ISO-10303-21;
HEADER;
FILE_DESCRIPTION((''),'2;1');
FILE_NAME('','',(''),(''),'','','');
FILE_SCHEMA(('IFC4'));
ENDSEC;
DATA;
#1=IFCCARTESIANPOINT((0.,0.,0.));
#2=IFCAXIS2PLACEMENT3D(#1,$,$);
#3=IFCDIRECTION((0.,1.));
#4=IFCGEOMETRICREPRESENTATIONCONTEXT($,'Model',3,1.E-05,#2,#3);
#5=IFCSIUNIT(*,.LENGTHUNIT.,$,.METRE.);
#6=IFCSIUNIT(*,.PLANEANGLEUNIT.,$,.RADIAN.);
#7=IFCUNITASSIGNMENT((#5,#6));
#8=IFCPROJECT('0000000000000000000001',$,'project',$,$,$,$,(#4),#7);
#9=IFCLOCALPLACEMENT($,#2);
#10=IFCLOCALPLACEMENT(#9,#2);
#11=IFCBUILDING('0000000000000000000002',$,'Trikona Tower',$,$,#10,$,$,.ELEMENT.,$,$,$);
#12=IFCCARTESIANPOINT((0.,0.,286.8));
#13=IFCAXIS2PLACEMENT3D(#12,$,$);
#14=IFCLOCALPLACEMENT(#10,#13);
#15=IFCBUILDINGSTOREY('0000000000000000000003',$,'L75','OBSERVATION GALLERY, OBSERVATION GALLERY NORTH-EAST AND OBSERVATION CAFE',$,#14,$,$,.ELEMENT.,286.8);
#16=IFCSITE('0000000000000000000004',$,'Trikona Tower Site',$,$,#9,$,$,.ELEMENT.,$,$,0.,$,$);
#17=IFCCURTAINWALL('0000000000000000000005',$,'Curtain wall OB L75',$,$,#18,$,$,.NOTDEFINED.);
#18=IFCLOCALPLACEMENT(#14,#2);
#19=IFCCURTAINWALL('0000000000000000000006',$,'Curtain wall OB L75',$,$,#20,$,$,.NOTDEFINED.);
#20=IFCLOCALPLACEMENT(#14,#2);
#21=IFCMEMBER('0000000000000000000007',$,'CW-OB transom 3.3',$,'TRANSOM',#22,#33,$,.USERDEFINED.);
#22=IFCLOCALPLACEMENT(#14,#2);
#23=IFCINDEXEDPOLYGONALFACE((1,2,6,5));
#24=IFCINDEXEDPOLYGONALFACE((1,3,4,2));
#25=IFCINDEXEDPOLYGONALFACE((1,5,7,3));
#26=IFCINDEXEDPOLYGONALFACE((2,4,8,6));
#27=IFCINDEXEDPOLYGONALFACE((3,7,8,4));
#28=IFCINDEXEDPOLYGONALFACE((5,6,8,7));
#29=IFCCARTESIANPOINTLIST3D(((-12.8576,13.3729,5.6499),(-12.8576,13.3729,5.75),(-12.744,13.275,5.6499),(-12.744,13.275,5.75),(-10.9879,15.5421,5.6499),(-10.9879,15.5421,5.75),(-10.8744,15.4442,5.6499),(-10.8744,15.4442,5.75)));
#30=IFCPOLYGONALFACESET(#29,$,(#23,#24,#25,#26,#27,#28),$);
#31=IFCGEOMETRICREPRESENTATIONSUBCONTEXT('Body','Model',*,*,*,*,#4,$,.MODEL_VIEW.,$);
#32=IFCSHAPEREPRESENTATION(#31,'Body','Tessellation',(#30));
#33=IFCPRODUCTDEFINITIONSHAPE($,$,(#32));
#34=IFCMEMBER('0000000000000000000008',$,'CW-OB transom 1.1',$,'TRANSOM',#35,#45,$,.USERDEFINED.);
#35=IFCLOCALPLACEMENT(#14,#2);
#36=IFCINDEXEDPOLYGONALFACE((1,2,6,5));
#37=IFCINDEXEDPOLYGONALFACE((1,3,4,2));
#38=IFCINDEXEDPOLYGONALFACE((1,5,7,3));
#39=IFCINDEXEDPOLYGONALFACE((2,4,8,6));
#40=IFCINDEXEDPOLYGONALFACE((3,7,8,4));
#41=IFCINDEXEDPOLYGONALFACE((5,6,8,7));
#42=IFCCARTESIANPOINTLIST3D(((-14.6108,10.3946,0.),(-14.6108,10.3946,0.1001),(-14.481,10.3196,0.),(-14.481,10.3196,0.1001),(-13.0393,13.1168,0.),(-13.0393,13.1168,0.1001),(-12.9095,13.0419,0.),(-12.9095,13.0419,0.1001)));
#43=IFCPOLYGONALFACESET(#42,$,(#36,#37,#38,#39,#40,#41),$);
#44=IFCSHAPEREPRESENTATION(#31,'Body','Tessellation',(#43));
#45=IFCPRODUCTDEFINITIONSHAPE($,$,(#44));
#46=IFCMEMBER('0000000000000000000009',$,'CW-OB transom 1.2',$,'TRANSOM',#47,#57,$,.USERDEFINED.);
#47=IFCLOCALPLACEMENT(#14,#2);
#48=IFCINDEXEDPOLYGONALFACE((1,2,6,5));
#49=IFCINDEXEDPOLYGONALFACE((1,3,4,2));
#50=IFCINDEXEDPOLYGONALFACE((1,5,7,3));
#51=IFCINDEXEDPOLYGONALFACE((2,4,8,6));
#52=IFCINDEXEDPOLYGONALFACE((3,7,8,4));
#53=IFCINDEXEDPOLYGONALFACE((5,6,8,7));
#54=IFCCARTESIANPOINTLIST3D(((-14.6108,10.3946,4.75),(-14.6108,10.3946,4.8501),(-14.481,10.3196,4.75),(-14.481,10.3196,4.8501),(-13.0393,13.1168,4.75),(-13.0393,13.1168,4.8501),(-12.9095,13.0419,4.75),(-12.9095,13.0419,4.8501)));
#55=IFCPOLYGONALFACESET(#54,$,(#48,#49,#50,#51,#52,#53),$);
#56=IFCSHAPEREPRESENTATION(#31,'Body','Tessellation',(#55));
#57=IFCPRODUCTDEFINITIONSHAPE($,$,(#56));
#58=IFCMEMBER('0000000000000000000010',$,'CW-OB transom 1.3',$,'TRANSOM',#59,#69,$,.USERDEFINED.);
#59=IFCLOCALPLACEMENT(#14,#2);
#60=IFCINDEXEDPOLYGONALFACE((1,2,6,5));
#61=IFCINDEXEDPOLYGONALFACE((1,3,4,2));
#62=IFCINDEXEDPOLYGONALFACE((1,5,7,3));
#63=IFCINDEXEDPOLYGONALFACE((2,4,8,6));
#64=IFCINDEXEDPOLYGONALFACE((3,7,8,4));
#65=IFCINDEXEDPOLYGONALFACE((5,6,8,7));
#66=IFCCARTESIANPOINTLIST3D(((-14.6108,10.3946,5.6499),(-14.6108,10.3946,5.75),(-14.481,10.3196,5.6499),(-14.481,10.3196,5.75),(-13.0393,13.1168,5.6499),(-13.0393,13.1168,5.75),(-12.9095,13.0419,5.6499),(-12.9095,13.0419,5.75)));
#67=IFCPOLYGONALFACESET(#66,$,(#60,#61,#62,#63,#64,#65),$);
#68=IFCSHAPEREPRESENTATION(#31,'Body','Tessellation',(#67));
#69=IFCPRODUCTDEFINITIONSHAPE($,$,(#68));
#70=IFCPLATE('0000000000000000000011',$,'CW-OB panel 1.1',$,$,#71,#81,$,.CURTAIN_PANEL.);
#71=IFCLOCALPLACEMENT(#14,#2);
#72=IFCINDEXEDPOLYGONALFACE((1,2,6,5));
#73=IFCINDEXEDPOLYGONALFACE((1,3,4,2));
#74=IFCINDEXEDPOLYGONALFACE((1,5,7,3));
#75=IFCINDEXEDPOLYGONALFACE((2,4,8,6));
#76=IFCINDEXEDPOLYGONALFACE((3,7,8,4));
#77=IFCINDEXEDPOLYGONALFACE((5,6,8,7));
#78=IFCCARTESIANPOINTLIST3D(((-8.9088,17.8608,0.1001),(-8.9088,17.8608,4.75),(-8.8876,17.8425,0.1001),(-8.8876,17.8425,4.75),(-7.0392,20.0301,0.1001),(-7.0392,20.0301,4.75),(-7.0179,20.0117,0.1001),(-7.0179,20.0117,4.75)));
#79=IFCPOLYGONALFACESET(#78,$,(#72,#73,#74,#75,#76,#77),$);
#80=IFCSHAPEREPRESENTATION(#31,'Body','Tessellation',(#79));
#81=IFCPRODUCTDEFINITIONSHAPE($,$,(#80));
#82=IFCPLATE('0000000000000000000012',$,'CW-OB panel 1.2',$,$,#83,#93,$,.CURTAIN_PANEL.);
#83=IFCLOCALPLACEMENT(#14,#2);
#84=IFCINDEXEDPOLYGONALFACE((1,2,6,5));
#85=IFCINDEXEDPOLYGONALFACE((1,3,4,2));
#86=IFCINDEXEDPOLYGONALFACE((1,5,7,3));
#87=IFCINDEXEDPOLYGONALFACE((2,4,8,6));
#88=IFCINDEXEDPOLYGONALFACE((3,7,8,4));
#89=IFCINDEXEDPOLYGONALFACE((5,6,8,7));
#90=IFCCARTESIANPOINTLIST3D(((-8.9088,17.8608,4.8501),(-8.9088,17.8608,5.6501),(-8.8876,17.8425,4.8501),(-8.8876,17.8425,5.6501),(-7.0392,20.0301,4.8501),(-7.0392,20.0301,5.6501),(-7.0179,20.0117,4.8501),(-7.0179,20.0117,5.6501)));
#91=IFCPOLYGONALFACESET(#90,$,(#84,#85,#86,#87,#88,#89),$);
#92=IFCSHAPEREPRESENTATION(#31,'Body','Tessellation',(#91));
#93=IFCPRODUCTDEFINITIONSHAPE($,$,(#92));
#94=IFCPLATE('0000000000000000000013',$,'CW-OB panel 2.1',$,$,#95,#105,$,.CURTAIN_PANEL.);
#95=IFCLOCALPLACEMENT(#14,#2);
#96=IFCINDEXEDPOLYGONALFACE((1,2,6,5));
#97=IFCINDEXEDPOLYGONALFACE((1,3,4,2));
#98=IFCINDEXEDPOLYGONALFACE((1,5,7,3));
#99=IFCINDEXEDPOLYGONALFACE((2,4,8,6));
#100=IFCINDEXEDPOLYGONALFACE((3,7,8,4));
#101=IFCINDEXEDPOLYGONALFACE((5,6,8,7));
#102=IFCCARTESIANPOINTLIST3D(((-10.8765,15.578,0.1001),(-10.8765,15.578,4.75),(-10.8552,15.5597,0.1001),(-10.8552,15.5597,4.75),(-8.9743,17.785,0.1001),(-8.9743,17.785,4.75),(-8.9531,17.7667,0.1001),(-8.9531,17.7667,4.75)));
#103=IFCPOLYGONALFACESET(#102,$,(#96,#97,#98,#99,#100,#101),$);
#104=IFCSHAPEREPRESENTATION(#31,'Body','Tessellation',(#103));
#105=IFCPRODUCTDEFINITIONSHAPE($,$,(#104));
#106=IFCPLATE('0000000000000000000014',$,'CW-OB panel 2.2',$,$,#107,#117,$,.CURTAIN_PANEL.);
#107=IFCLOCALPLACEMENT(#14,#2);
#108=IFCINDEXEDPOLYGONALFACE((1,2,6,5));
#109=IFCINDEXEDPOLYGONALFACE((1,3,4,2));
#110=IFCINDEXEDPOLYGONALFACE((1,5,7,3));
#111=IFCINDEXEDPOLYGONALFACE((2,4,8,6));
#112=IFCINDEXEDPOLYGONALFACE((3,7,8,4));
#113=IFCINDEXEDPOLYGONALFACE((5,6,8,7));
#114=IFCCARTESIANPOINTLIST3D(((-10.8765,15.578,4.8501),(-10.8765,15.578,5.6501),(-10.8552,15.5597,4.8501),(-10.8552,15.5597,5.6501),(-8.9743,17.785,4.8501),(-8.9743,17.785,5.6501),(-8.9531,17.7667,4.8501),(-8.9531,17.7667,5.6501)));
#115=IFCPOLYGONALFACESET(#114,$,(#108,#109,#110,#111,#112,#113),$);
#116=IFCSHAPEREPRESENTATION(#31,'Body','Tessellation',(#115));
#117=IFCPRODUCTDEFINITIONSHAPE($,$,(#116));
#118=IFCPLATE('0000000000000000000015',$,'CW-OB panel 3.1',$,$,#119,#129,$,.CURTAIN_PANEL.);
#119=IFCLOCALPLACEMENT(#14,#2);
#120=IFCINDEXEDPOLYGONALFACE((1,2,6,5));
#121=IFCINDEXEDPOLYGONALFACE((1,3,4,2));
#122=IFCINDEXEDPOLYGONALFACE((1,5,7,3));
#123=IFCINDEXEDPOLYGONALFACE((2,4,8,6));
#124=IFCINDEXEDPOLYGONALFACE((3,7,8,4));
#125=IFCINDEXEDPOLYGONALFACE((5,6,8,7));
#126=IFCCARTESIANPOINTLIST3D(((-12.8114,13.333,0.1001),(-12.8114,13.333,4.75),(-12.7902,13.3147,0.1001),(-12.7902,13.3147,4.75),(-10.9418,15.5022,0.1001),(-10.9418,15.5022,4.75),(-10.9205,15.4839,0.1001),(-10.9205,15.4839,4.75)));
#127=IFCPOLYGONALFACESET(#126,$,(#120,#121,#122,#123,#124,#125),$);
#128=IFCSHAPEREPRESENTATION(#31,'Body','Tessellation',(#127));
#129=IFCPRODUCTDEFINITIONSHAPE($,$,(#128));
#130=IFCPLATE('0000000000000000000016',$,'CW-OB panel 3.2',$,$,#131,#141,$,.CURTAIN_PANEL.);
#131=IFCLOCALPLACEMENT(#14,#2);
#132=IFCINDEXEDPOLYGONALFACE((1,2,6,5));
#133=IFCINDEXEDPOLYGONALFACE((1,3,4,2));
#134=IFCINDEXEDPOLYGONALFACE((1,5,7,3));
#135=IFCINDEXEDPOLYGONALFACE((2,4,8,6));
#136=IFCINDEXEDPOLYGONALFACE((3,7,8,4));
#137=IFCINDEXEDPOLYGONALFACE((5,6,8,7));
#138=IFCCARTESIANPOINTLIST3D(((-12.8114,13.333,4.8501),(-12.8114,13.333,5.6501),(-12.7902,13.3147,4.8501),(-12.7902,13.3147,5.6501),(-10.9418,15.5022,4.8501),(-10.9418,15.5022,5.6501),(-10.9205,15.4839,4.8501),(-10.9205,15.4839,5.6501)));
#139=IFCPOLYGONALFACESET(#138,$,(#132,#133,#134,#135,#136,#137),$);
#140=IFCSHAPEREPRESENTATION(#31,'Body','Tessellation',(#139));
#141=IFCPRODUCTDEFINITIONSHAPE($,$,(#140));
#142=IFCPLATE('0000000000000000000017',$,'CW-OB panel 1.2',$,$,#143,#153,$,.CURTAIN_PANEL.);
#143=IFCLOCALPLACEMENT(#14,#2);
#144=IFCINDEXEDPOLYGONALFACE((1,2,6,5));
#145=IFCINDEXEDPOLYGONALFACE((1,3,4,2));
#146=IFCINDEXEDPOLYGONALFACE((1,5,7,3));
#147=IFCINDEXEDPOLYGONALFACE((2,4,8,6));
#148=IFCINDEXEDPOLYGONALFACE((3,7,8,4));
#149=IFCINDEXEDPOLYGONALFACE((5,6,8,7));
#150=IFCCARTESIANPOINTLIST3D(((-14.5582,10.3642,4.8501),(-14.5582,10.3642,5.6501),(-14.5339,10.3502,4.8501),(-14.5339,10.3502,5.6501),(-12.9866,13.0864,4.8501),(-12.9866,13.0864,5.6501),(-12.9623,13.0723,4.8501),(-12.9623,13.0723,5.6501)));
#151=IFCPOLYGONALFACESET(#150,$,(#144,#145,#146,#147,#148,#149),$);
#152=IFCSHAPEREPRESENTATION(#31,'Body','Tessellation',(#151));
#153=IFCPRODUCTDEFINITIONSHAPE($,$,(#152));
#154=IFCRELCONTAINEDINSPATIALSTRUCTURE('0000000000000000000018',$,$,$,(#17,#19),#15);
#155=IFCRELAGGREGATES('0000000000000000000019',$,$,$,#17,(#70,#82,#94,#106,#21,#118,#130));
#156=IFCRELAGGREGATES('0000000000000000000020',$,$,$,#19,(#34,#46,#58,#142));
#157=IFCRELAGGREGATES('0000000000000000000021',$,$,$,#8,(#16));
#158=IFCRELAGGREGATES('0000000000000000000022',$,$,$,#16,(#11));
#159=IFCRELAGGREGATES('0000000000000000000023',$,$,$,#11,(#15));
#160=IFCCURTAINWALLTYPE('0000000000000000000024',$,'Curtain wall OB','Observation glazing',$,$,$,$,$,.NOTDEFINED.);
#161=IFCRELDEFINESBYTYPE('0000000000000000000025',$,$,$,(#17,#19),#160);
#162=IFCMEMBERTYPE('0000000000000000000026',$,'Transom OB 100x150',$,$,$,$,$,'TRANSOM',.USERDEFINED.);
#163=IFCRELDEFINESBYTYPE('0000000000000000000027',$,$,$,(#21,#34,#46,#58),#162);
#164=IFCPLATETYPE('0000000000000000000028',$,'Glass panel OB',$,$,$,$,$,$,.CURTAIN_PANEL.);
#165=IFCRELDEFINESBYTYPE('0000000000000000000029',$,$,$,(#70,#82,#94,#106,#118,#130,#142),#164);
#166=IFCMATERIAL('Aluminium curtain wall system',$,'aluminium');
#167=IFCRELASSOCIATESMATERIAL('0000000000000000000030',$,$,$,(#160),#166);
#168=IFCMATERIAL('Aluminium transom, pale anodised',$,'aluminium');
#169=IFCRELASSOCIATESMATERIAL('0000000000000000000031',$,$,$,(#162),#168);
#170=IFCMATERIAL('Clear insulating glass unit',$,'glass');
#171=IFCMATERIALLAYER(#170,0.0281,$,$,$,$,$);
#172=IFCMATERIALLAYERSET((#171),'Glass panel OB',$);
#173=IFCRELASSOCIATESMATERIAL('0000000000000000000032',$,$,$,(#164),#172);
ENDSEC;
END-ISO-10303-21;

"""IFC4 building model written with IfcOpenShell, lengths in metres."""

from ifc_helpers import new_model, si_unit, direction, frame, origin, origin_2d, place, context, subcontext, project, spatial, rectangle, extrude, material, layer, layer_set, material_profile, profile_set, type_object, element, aggregate, save


model = new_model("IFC4")

# Units and contexts
model_context = context("Model", 3, precision=1e-05, world=origin(), true_north=direction((0.0, 1.0)))
body_context = subcontext(model_context, "Body", "Model", "MODEL_VIEW")
ifc_project = project(units=[si_unit("LENGTHUNIT", "METRE"), si_unit("PLANEANGLEUNIT", "RADIAN")], contexts=[model_context])

# Site, building, storey
site_placement = place(None, origin())
site = spatial("IfcSite", under=ifc_project, at=site_placement, Name="Trikona Tower Site", CompositionType="ELEMENT", RefElevation=0.0)
building_placement = place(site_placement, origin())
building = spatial("IfcBuilding", under=site, at=building_placement, Name="Trikona Tower", CompositionType="ELEMENT")
storey_placement = place(building_placement, frame((0.0, 0.0, 286.8)))
storey = spatial("IfcBuildingStorey", under=building, at=storey_placement, Name="L75", Description="OBSERVATION GALLERY, OBSERVATION GALLERY NORTH-EAST AND OBSERVATION CAFE", CompositionType="ELEMENT", Elevation=286.8)

# Curtain wall
ifc_material_1 = material(Name="Aluminium curtain wall system", Category="aluminium")
curtain_wall_type = type_object("IfcCurtainWallType", Name="Curtain wall OB", Description="Observation glazing", PredefinedType="NOTDEFINED", material=ifc_material_1)
curtain_wall_1_placement = place(storey_placement, origin())
curtain_wall_1 = element("IfcCurtainWall", 1, at=curtain_wall_1_placement, inside=storey, type_object=curtain_wall_type, Name="Curtain wall OB L75", PredefinedType="NOTDEFINED")

# Curtain wall
curtain_wall_2_placement = place(storey_placement, origin())
curtain_wall_2 = element("IfcCurtainWall", 2, at=curtain_wall_2_placement, inside=storey, type_object=curtain_wall_type, Name="Curtain wall OB L75", PredefinedType="NOTDEFINED")

# Members
ifc_material_2 = material(Name="Aluminium transom, pale anodised", Category="aluminium")
ifc_material_profile_1 = material_profile(ifc_material_2, rectangle(XDim=0.1499, YDim=0.1001, at=origin_2d()), Name="TRN-OB")
ifc_profile_set_1 = profile_set([ifc_material_profile_1], Name="Aluminium transom, pale anodised")
member_type_1 = type_object("IfcMemberType", Name="Transom OB 100x150", ElementType="TRANSOM", PredefinedType="USERDEFINED", material=ifc_profile_set_1)
member_1_placement = place(storey_placement, frame((-10.9312, 15.4932, 5.7), z_axis=(-0.652867, -0.757472, 0.0), x_axis=(0.757472, -0.652867, 0.0)))
member_1 = element("IfcMember", 3, at=member_1_placement, type_object=member_type_1, Name="CW-OB transom 3.3", ObjectType="TRANSOM", PredefinedType="USERDEFINED", context=body_context, shape_type="SweptSolid", body=[
    extrude(rectangle(XDim=0.1499, YDim=0.1001, at=origin_2d()), origin(), (0.0, 0.0, 1.0), 2.8638),
])
member_2_placement = place(storey_placement, frame((-12.9744, 13.0793, 0.05), z_axis=(-0.499973, -0.866041, 0.0), x_axis=(0.866041, -0.499973, 0.0)))
member_2 = element("IfcMember", 4, at=member_2_placement, type_object=member_type_1, Name="CW-OB transom 1.1", ObjectType="TRANSOM", PredefinedType="USERDEFINED", context=body_context, shape_type="SweptSolid", body=[
    extrude(rectangle(XDim=0.1499, YDim=0.1001, at=origin_2d()), origin(), (0.0, 0.0, 1.0), 3.1433),
])
member_3_placement = place(storey_placement, frame((-12.9744, 13.0793, 4.8), z_axis=(-0.499973, -0.866041, 0.0), x_axis=(0.866041, -0.499973, 0.0)))
member_3 = element("IfcMember", 5, at=member_3_placement, type_object=member_type_1, Name="CW-OB transom 1.2", ObjectType="TRANSOM", PredefinedType="USERDEFINED", context=body_context, shape_type="SweptSolid", body=[
    extrude(rectangle(XDim=0.1499, YDim=0.1001, at=origin_2d()), origin(), (0.0, 0.0, 1.0), 3.1433),
])
member_4_placement = place(storey_placement, frame((-12.9744, 13.0793, 5.7), z_axis=(-0.499973, -0.866041, 0.0), x_axis=(0.866041, -0.499973, 0.0)))
member_4 = element("IfcMember", 6, at=member_4_placement, type_object=member_type_1, Name="CW-OB transom 1.3", ObjectType="TRANSOM", PredefinedType="USERDEFINED", context=body_context, shape_type="SweptSolid", body=[
    extrude(rectangle(XDim=0.1499, YDim=0.1001, at=origin_2d()), origin(), (0.0, 0.0, 1.0), 3.1433),
])

# Plates
ifc_material_3 = material(Name="Clear insulating glass unit", Category="glass")
ifc_layer = layer(ifc_material_3, 0.0281)
ifc_layer_set = layer_set([ifc_layer], Name="Glass panel OB")
plate_type = type_object("IfcPlateType", Name="Glass panel OB", PredefinedType="CURTAIN_PANEL", material=ifc_layer_set)
plate_1_placement = place(storey_placement, frame((-7.9634, 18.9363, 0.1001), z_axis=(0.0, 0.0, 1.0), x_axis=(-0.652864, -0.757475, 0.0)))
plate_1 = element("IfcPlate", 7, at=plate_1_placement, type_object=plate_type, Name="CW-OB panel 1.1", PredefinedType="CURTAIN_PANEL", context=body_context, shape_type="SweptSolid", body=[
    extrude(rectangle(XDim=2.8638, YDim=0.0281, at=origin_2d()), origin(), (0.0, 0.0, 1.0), 4.6499),
])
plate_2_placement = place(storey_placement, frame((-7.9634, 18.9363, 4.8501), z_axis=(0.0, 0.0, 1.0), x_axis=(-0.652864, -0.757475, 0.0)))
plate_2 = element("IfcPlate", 8, at=plate_2_placement, type_object=plate_type, Name="CW-OB panel 1.2", PredefinedType="CURTAIN_PANEL", context=body_context, shape_type="SweptSolid", body=[
    extrude(rectangle(XDim=2.8638, YDim=0.0281, at=origin_2d()), origin(), (0.0, 0.0, 1.0), 0.8),
])
plate_3_placement = place(storey_placement, frame((-9.9148, 16.6724, 0.1001), z_axis=(0.0, 0.0, 1.0), x_axis=(-0.652864, -0.757475, 0.0)))
plate_3 = element("IfcPlate", 9, at=plate_3_placement, type_object=plate_type, Name="CW-OB panel 2.1", PredefinedType="CURTAIN_PANEL", context=body_context, shape_type="SweptSolid", body=[
    extrude(rectangle(XDim=2.9136, YDim=0.0281, at=origin_2d()), origin(), (0.0, 0.0, 1.0), 4.6499),
])
plate_4_placement = place(storey_placement, frame((-9.9148, 16.6724, 4.8501), z_axis=(0.0, 0.0, 1.0), x_axis=(-0.652864, -0.757475, 0.0)))
plate_4 = element("IfcPlate", 10, at=plate_4_placement, type_object=plate_type, Name="CW-OB panel 2.2", PredefinedType="CURTAIN_PANEL", context=body_context, shape_type="SweptSolid", body=[
    extrude(rectangle(XDim=2.9136, YDim=0.0281, at=origin_2d()), origin(), (0.0, 0.0, 1.0), 0.8),
])
plate_5_placement = place(storey_placement, frame((-11.866, 14.4084, 0.1001), z_axis=(0.0, 0.0, 1.0), x_axis=(-0.652864, -0.757475, 0.0)))
plate_5 = element("IfcPlate", 11, at=plate_5_placement, type_object=plate_type, Name="CW-OB panel 3.1", PredefinedType="CURTAIN_PANEL", context=body_context, shape_type="SweptSolid", body=[
    extrude(rectangle(XDim=2.8638, YDim=0.0281, at=origin_2d()), origin(), (0.0, 0.0, 1.0), 4.6499),
])
plate_6_placement = place(storey_placement, frame((-11.866, 14.4084, 4.8501), z_axis=(0.0, 0.0, 1.0), x_axis=(-0.652864, -0.757475, 0.0)))
plate_6 = element("IfcPlate", 12, at=plate_6_placement, type_object=plate_type, Name="CW-OB panel 3.2", PredefinedType="CURTAIN_PANEL", context=body_context, shape_type="SweptSolid", body=[
    extrude(rectangle(XDim=2.8638, YDim=0.0281, at=origin_2d()), origin(), (0.0, 0.0, 1.0), 0.8),
])
aggregate(curtain_wall_1, [plate_1, plate_2, plate_3, plate_4, member_1, plate_5, plate_6])
plate_7_placement = place(storey_placement, frame((-13.7603, 11.7183, 4.8501), z_axis=(0.0, 0.0, 1.0), x_axis=(-0.500006, -0.866022, 0.0)))
plate_7 = element("IfcPlate", 13, at=plate_7_placement, type_object=plate_type, Name="CW-OB panel 1.2", PredefinedType="CURTAIN_PANEL", context=body_context, shape_type="SweptSolid", body=[
    extrude(rectangle(XDim=3.1433, YDim=0.0281, at=origin_2d()), origin(), (0.0, 0.0, 1.0), 0.8),
])
aggregate(curtain_wall_2, [member_2, member_3, member_4, plate_7])

save(model, "model.ifc")
